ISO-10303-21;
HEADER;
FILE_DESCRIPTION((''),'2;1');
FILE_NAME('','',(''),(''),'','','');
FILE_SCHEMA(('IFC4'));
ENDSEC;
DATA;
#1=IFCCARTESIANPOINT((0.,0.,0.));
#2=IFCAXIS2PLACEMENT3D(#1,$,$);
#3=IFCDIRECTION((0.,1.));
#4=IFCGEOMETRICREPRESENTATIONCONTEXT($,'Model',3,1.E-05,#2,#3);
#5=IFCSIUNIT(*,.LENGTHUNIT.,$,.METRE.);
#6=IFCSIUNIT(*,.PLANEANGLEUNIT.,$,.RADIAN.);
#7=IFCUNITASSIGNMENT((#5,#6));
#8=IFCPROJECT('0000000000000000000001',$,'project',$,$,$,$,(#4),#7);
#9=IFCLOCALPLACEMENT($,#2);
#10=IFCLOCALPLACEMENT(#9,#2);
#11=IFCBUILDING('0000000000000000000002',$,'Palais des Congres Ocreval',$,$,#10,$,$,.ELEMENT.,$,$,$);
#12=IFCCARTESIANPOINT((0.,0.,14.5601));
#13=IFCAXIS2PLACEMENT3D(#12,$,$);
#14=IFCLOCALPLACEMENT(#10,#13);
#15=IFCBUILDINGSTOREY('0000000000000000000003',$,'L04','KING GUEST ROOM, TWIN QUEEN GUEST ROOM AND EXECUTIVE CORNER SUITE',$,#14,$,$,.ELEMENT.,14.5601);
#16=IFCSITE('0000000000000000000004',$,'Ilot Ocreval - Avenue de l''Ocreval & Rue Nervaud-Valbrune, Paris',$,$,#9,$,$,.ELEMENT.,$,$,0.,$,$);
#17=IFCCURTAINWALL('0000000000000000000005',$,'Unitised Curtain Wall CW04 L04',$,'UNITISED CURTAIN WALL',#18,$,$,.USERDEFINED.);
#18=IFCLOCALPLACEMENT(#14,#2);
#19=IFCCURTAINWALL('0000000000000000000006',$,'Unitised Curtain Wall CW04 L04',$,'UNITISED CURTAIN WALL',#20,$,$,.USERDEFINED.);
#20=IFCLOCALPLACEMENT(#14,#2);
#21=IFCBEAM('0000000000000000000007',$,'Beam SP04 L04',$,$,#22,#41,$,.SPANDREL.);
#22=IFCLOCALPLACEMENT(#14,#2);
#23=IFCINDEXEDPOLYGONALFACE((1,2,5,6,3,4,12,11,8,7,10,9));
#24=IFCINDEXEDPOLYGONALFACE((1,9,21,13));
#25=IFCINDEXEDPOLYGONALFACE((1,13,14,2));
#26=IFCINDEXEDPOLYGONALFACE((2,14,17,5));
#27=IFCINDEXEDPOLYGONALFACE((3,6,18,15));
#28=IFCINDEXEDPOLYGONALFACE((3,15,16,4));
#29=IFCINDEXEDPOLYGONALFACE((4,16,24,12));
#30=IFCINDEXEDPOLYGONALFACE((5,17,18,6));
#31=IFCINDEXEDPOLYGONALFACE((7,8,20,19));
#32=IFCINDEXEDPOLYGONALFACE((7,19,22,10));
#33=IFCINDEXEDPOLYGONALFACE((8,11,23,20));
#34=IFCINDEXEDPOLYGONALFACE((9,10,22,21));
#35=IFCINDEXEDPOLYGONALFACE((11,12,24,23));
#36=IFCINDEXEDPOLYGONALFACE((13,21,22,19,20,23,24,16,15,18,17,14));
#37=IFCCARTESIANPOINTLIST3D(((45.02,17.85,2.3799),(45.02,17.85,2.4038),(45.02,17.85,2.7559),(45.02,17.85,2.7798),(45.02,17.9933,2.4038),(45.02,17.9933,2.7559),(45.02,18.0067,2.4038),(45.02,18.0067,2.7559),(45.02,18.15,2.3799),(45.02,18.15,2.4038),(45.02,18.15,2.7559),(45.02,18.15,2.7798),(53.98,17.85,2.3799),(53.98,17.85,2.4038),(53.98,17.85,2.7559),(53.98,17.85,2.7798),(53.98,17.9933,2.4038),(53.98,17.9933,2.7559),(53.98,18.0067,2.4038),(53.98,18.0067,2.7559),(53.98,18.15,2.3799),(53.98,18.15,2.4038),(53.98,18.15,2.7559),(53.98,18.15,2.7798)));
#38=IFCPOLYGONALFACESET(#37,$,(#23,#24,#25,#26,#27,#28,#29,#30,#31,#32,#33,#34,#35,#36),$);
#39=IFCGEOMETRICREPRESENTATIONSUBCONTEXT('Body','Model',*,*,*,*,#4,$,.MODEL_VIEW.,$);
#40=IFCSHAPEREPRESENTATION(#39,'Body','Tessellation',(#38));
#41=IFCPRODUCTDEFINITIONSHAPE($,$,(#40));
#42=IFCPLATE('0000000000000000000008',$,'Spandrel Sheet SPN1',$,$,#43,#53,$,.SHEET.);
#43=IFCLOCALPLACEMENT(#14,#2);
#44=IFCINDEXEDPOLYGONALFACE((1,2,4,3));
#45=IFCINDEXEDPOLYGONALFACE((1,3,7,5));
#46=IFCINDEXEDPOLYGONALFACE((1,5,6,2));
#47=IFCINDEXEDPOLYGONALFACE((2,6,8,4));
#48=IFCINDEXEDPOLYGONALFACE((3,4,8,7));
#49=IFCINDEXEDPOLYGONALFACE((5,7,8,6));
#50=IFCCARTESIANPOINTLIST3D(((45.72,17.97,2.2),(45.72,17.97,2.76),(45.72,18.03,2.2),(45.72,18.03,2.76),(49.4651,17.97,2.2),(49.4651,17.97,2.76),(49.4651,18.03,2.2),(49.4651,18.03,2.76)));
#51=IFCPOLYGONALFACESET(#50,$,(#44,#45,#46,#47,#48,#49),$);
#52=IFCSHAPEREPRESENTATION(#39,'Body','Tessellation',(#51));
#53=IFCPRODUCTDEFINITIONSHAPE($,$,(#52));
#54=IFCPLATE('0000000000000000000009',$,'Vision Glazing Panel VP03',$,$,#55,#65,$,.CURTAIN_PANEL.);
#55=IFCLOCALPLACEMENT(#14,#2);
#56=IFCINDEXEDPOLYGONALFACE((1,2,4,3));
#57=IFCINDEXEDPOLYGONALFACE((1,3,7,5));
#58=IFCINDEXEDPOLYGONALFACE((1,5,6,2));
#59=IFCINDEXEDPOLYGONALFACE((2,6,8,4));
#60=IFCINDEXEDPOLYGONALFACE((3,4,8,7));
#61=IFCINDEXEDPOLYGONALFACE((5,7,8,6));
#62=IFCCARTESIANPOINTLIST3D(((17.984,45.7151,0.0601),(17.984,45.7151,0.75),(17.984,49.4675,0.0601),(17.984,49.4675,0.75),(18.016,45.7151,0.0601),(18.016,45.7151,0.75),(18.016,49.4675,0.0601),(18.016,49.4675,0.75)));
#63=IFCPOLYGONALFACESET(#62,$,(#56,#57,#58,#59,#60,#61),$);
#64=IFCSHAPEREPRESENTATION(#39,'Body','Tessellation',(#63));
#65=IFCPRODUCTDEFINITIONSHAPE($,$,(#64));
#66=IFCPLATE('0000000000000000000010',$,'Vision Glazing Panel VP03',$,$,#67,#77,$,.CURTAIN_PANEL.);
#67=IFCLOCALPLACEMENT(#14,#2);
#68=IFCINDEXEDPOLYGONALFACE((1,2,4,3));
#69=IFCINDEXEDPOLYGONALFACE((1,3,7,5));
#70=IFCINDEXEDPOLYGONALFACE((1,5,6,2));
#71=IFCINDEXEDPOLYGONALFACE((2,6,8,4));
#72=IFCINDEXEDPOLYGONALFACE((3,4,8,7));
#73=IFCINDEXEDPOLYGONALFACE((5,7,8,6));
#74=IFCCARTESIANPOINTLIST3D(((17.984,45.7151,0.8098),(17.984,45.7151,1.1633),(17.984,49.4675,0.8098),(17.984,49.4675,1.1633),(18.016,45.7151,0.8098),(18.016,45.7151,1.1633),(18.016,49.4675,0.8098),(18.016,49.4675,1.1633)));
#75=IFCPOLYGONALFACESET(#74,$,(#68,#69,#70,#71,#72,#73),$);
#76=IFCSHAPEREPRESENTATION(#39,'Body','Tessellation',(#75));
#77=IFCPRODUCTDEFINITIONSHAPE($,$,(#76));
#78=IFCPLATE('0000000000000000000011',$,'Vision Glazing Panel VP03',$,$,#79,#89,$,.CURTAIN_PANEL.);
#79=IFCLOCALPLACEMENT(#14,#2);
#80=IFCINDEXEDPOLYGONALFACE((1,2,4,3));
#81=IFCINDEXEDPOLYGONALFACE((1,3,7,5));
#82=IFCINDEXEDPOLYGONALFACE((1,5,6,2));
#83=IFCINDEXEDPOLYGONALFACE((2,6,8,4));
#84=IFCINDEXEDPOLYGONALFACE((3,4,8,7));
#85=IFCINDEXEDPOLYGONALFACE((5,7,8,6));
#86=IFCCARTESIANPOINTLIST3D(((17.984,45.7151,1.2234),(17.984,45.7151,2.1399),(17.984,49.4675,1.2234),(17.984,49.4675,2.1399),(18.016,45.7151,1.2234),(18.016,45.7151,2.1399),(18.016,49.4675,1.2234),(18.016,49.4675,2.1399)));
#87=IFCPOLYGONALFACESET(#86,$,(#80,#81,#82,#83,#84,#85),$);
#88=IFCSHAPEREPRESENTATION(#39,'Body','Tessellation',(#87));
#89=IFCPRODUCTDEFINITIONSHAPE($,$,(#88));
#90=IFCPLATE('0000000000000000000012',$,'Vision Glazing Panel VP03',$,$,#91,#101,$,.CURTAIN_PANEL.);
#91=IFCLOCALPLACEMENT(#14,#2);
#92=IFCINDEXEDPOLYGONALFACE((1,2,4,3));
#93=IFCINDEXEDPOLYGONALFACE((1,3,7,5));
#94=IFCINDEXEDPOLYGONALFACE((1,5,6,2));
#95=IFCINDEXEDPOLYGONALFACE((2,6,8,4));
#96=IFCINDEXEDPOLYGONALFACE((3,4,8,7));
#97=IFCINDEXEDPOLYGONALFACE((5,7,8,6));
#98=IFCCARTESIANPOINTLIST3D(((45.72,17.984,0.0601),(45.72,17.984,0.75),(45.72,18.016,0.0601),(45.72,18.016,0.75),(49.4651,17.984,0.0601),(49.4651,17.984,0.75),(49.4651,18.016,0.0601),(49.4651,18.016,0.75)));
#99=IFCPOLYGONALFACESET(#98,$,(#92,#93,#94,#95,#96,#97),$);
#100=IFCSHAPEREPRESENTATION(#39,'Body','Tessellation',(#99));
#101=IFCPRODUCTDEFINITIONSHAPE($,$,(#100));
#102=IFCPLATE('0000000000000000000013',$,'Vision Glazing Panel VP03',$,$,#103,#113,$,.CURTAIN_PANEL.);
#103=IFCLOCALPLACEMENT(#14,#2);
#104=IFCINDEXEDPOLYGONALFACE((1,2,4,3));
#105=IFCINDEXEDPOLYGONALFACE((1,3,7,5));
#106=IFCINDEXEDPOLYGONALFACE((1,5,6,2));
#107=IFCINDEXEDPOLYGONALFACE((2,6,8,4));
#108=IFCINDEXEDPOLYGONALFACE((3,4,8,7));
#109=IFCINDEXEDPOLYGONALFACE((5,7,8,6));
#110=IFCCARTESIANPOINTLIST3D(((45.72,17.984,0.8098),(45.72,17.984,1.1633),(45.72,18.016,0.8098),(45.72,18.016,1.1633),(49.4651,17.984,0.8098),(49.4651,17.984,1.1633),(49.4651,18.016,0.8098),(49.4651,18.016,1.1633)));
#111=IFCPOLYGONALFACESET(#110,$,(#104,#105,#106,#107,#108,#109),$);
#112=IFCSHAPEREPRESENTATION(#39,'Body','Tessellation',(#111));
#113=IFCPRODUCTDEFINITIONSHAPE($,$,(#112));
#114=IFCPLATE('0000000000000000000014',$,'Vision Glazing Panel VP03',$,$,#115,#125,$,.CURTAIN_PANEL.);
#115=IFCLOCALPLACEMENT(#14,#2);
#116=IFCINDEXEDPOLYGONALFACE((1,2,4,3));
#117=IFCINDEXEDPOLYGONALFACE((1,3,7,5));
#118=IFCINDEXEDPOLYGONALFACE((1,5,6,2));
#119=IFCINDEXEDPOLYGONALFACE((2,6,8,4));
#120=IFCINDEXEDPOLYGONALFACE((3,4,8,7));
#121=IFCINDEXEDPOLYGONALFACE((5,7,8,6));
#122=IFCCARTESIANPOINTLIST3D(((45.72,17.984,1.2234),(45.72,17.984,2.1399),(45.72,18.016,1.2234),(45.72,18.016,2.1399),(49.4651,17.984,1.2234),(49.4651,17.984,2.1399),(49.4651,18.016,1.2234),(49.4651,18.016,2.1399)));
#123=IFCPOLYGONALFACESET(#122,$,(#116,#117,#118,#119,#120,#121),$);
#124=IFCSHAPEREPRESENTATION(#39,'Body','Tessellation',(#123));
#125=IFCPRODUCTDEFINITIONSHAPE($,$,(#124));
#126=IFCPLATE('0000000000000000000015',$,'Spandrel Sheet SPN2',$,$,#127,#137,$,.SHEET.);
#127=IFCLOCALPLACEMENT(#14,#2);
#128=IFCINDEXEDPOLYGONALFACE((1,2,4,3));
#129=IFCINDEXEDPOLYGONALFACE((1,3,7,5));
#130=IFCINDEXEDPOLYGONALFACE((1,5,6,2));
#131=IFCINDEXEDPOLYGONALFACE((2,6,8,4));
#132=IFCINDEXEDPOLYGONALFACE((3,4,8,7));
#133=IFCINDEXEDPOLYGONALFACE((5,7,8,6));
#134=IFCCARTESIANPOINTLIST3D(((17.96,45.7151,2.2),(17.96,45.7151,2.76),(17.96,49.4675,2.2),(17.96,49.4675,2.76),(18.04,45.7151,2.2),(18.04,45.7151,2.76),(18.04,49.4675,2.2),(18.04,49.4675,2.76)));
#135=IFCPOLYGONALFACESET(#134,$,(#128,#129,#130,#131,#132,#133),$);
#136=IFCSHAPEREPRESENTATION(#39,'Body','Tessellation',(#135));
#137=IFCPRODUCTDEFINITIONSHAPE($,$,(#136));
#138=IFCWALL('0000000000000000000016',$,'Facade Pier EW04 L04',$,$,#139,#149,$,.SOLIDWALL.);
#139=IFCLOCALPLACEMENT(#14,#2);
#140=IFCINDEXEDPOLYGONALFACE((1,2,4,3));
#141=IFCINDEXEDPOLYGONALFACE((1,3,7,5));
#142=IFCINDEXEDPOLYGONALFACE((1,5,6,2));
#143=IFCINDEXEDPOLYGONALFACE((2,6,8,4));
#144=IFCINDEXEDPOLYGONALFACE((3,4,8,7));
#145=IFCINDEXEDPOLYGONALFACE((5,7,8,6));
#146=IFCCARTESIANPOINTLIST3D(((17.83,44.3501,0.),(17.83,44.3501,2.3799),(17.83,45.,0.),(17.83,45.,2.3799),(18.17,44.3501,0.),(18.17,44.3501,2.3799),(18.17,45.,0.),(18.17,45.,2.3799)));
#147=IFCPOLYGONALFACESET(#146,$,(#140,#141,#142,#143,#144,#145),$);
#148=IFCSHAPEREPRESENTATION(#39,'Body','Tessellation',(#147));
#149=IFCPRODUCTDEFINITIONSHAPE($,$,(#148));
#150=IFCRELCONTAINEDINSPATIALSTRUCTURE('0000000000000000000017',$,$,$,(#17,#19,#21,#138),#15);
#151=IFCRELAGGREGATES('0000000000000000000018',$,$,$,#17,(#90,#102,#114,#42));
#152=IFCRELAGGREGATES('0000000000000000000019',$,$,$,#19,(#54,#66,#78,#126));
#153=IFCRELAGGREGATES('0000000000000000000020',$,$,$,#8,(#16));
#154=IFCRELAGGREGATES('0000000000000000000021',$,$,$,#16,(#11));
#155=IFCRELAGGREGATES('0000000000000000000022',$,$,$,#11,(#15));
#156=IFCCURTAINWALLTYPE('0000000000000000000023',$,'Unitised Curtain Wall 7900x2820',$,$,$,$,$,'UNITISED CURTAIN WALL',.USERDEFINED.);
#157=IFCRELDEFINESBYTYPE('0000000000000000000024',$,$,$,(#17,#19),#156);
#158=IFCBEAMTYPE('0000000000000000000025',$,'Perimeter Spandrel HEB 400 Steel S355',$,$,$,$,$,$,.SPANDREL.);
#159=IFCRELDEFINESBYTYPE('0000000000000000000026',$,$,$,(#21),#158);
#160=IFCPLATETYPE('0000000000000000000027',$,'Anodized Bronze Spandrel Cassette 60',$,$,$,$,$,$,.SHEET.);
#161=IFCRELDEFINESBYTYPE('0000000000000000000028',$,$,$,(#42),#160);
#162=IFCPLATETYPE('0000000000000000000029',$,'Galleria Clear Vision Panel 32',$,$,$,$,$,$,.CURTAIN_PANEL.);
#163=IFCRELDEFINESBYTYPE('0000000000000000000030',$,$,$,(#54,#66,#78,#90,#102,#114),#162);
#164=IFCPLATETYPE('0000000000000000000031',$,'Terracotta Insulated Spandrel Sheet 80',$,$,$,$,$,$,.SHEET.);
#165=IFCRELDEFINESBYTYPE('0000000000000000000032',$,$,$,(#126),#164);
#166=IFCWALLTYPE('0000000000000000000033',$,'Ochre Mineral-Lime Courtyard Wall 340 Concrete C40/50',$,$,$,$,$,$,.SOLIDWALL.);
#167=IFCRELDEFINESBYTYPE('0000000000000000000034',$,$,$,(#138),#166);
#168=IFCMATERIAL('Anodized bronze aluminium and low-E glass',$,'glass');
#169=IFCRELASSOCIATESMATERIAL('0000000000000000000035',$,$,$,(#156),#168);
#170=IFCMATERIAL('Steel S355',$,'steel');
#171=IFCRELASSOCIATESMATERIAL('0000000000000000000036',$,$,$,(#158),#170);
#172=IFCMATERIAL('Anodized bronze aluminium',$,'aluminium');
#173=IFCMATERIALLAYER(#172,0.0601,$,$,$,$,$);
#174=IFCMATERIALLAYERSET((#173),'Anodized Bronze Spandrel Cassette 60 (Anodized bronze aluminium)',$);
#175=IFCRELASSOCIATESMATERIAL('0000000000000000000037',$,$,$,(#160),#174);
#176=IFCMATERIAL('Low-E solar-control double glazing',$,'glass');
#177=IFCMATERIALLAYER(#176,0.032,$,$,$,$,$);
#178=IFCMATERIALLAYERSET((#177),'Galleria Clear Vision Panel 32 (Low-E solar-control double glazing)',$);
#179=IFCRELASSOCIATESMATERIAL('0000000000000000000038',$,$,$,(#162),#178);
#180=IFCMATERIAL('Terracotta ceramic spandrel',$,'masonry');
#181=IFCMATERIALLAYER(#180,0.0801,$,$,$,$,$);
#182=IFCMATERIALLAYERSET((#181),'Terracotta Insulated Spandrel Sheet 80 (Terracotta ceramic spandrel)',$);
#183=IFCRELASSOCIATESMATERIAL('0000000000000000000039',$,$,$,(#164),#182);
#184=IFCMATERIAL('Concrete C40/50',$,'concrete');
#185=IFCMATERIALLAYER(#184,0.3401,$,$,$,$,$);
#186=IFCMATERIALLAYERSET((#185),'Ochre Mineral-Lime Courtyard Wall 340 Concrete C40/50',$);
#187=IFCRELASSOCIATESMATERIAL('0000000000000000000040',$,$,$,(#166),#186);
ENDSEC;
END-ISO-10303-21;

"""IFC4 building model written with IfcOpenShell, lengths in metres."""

from ifc_helpers import new_model, si_unit, direction, frame, frame_2d, origin, origin_2d, place, context, subcontext, project, spatial, rectangle, i_section, extrude, material, layer, layer_set, material_profile, profile_set, type_object, element, aggregate, save


model = new_model("IFC4")

# Units and contexts
model_context = context("Model", 3, precision=1e-05, world=origin(), true_north=direction((0.0, 1.0)))
body_context = subcontext(model_context, "Body", "Model", "MODEL_VIEW")
ifc_project = project(units=[si_unit("LENGTHUNIT", "METRE"), si_unit("PLANEANGLEUNIT", "RADIAN")], contexts=[model_context])

# Site, building, storey
site_placement = place(None, origin())
site = spatial("IfcSite", under=ifc_project, at=site_placement, Name="Ilot Ocreval - Avenue de l'Ocreval & Rue Nervaud-Valbrune, Paris", CompositionType="ELEMENT", RefElevation=0.0)
building_placement = place(site_placement, origin())
building = spatial("IfcBuilding", under=site, at=building_placement, Name="Palais des Congres Ocreval", CompositionType="ELEMENT")
storey_placement = place(building_placement, frame((0.0, 0.0, 14.5601)))
storey = spatial("IfcBuildingStorey", under=building, at=storey_placement, Name="L04", Description="KING GUEST ROOM, TWIN QUEEN GUEST ROOM AND EXECUTIVE CORNER SUITE", CompositionType="ELEMENT", Elevation=14.5601)

# Curtain walls
ifc_material_1 = material(Name="Anodized bronze aluminium and low-E glass", Category="glass")
curtain_wall_type = type_object("IfcCurtainWallType", Name="Unitised Curtain Wall 7900x2820", ElementType="UNITISED CURTAIN WALL", PredefinedType="USERDEFINED", material=ifc_material_1)
curtain_wall_1_placement = place(storey_placement, origin())
curtain_wall_1 = element("IfcCurtainWall", 1, at=curtain_wall_1_placement, inside=storey, type_object=curtain_wall_type, Name="Unitised Curtain Wall CW04 L04", ObjectType="UNITISED CURTAIN WALL", PredefinedType="USERDEFINED")
ifc_material_2 = material(Name="Anodized bronze aluminium", Category="aluminium")
curtain_wall_2_placement = place(storey_placement, origin())
curtain_wall_2 = element("IfcCurtainWall", 2, at=curtain_wall_2_placement, inside=storey, type_object=curtain_wall_type, Name="Unitised Curtain Wall CW04 L04", ObjectType="UNITISED CURTAIN WALL", PredefinedType="USERDEFINED")

# Beam
ifc_material_3 = material(Name="Steel S355", Category="steel")
ifc_material_profile_1 = material_profile(ifc_material_3, i_section(OverallWidth=0.3, OverallDepth=0.3999, WebThickness=0.0134, FlangeThickness=0.0239, at=origin_2d()), Name="HEB 400")
ifc_profile_set_1 = profile_set([ifc_material_profile_1], Name="Steel S355")
beam_type = type_object("IfcBeamType", Name="Perimeter Spandrel HEB 400 Steel S355", PredefinedType="SPANDREL", material=ifc_profile_set_1)
beam_placement = place(storey_placement, frame((45.02, 18.0, 2.5798), z_axis=(1.0, 0.0, 0.0), x_axis=(0.0, 1.0, 0.0)))
element("IfcBeam", 3, at=beam_placement, inside=storey, type_object=beam_type, Name="Beam SP04 L04", PredefinedType="SPANDREL", context=body_context, shape_type="SweptSolid", body=[
    extrude(i_section(OverallWidth=0.3, OverallDepth=0.3999, WebThickness=0.0134, FlangeThickness=0.0239, at=origin_2d()), origin(), (0.0, 0.0, 1.0), 8.96),
])

# Plates
ifc_layer_1 = layer(ifc_material_2, 0.0601)
ifc_layer_set_1 = layer_set([ifc_layer_1], Name="Anodized Bronze Spandrel Cassette 60 (Anodized bronze aluminium)")
plate_type_1 = type_object("IfcPlateType", Name="Anodized Bronze Spandrel Cassette 60", PredefinedType="SHEET", material=ifc_layer_set_1)
plate_1_placement = place(storey_placement, frame((47.5925, 18.0, 2.2), z_axis=(0.0, 0.0, 1.0), x_axis=(1.0, 0.0, 0.0)))
plate_1 = element("IfcPlate", 4, at=plate_1_placement, type_object=plate_type_1, Name="Spandrel Sheet SPN1", PredefinedType="SHEET", context=body_context, shape_type="SweptSolid", body=[
    extrude(rectangle(XDim=3.7451, YDim=0.0601, at=origin_2d()), origin(), (0.0, 0.0, 1.0), 0.5601),
])
ifc_material_4 = material(Name="Low-E solar-control double glazing", Category="glass")
ifc_layer_2 = layer(ifc_material_4, 0.032)
ifc_layer_set_2 = layer_set([ifc_layer_2], Name="Galleria Clear Vision Panel 32 (Low-E solar-control double glazing)")
plate_type_2 = type_object("IfcPlateType", Name="Galleria Clear Vision Panel 32", PredefinedType="CURTAIN_PANEL", material=ifc_layer_set_2)
plate_2_placement = place(storey_placement, frame((18.0, 47.5913, 0.0601), z_axis=(0.0, 0.0, 1.0), x_axis=(0.0, -1.0, 0.0)))
plate_2 = element("IfcPlate", 5, at=plate_2_placement, type_object=plate_type_2, Name="Vision Glazing Panel VP03", PredefinedType="CURTAIN_PANEL", context=body_context, shape_type="SweptSolid", body=[
    extrude(rectangle(XDim=3.7524, YDim=0.032, at=origin_2d()), origin(), (0.0, 0.0, 1.0), 0.6899),
])
plate_3_placement = place(storey_placement, frame((18.0, 47.5913, 0.8098), z_axis=(0.0, 0.0, 1.0), x_axis=(0.0, -1.0, 0.0)))
plate_3 = element("IfcPlate", 6, at=plate_3_placement, type_object=plate_type_2, Name="Vision Glazing Panel VP03", PredefinedType="CURTAIN_PANEL", context=body_context, shape_type="SweptSolid", body=[
    extrude(rectangle(XDim=3.7524, YDim=0.032, at=origin_2d()), origin(), (0.0, 0.0, 1.0), 0.3535),
])
plate_4_placement = place(storey_placement, frame((18.0, 47.5913, 1.2234), z_axis=(0.0, 0.0, 1.0), x_axis=(0.0, -1.0, 0.0)))
plate_4 = element("IfcPlate", 7, at=plate_4_placement, type_object=plate_type_2, Name="Vision Glazing Panel VP03", PredefinedType="CURTAIN_PANEL", context=body_context, shape_type="SweptSolid", body=[
    extrude(rectangle(XDim=3.7524, YDim=0.032, at=origin_2d()), origin(), (0.0, 0.0, 1.0), 0.9165),
])
plate_5_placement = place(storey_placement, frame((47.5925, 18.0, 0.0601), z_axis=(0.0, 0.0, 1.0), x_axis=(1.0, 0.0, 0.0)))
plate_5 = element("IfcPlate", 8, at=plate_5_placement, type_object=plate_type_2, Name="Vision Glazing Panel VP03", PredefinedType="CURTAIN_PANEL", context=body_context, shape_type="SweptSolid", body=[
    extrude(rectangle(XDim=3.7451, YDim=0.032, at=origin_2d()), origin(), (0.0, 0.0, 1.0), 0.6899),
])
plate_6_placement = place(storey_placement, frame((47.5925, 18.0, 0.8098), z_axis=(0.0, 0.0, 1.0), x_axis=(1.0, 0.0, 0.0)))
plate_6 = element("IfcPlate", 9, at=plate_6_placement, type_object=plate_type_2, Name="Vision Glazing Panel VP03", PredefinedType="CURTAIN_PANEL", context=body_context, shape_type="SweptSolid", body=[
    extrude(rectangle(XDim=3.7451, YDim=0.032, at=origin_2d()), origin(), (0.0, 0.0, 1.0), 0.3535),
])
plate_7_placement = place(storey_placement, frame((47.5925, 18.0, 1.2234), z_axis=(0.0, 0.0, 1.0), x_axis=(1.0, 0.0, 0.0)))
plate_7 = element("IfcPlate", 10, at=plate_7_placement, type_object=plate_type_2, Name="Vision Glazing Panel VP03", PredefinedType="CURTAIN_PANEL", context=body_context, shape_type="SweptSolid", body=[
    extrude(rectangle(XDim=3.7451, YDim=0.032, at=origin_2d()), origin(), (0.0, 0.0, 1.0), 0.9165),
])
aggregate(curtain_wall_1, [plate_5, plate_6, plate_7, plate_1])
ifc_material_5 = material(Name="Terracotta ceramic spandrel", Category="masonry")
ifc_layer_3 = layer(ifc_material_5, 0.0801)
ifc_layer_set_3 = layer_set([ifc_layer_3], Name="Terracotta Insulated Spandrel Sheet 80 (Terracotta ceramic spandrel)")
plate_type_3 = type_object("IfcPlateType", Name="Terracotta Insulated Spandrel Sheet 80", PredefinedType="SHEET", material=ifc_layer_set_3)
plate_8_placement = place(storey_placement, frame((18.0, 47.5913, 2.2), z_axis=(0.0, 0.0, 1.0), x_axis=(0.0, -1.0, 0.0)))
plate_8 = element("IfcPlate", 11, at=plate_8_placement, type_object=plate_type_3, Name="Spandrel Sheet SPN2", PredefinedType="SHEET", context=body_context, shape_type="SweptSolid", body=[
    extrude(rectangle(XDim=3.7524, YDim=0.0801, at=origin_2d()), origin(), (0.0, 0.0, 1.0), 0.5601),
])
aggregate(curtain_wall_2, [plate_2, plate_3, plate_4, plate_8])

# Wall
ifc_material_6 = material(Name="Concrete C40/50", Category="concrete")
ifc_layer_4 = layer(ifc_material_6, 0.3401)
ifc_layer_set_4 = layer_set([ifc_layer_4], Name="Ochre Mineral-Lime Courtyard Wall 340 Concrete C40/50")
wall_type = type_object("IfcWallType", Name="Ochre Mineral-Lime Courtyard Wall 340 Concrete C40/50", PredefinedType="SOLIDWALL", material=ifc_layer_set_4)
wall_placement = place(storey_placement, frame((18.0, 45.0, 0.0), z_axis=(0.0, 0.0, 1.0), x_axis=(0.0, -1.0, 0.0)))
element("IfcWall", 12, at=wall_placement, inside=storey, type_object=wall_type, Name="Facade Pier EW04 L04", PredefinedType="SOLIDWALL", context=body_context, shape_type="SweptSolid", body=[
    extrude(rectangle(XDim=0.6499, YDim=0.3401, at=frame_2d((0.325, 0.0))), origin(), (0.0, 0.0, 1.0), 2.3799),
])

save(model, "model.ifc")
